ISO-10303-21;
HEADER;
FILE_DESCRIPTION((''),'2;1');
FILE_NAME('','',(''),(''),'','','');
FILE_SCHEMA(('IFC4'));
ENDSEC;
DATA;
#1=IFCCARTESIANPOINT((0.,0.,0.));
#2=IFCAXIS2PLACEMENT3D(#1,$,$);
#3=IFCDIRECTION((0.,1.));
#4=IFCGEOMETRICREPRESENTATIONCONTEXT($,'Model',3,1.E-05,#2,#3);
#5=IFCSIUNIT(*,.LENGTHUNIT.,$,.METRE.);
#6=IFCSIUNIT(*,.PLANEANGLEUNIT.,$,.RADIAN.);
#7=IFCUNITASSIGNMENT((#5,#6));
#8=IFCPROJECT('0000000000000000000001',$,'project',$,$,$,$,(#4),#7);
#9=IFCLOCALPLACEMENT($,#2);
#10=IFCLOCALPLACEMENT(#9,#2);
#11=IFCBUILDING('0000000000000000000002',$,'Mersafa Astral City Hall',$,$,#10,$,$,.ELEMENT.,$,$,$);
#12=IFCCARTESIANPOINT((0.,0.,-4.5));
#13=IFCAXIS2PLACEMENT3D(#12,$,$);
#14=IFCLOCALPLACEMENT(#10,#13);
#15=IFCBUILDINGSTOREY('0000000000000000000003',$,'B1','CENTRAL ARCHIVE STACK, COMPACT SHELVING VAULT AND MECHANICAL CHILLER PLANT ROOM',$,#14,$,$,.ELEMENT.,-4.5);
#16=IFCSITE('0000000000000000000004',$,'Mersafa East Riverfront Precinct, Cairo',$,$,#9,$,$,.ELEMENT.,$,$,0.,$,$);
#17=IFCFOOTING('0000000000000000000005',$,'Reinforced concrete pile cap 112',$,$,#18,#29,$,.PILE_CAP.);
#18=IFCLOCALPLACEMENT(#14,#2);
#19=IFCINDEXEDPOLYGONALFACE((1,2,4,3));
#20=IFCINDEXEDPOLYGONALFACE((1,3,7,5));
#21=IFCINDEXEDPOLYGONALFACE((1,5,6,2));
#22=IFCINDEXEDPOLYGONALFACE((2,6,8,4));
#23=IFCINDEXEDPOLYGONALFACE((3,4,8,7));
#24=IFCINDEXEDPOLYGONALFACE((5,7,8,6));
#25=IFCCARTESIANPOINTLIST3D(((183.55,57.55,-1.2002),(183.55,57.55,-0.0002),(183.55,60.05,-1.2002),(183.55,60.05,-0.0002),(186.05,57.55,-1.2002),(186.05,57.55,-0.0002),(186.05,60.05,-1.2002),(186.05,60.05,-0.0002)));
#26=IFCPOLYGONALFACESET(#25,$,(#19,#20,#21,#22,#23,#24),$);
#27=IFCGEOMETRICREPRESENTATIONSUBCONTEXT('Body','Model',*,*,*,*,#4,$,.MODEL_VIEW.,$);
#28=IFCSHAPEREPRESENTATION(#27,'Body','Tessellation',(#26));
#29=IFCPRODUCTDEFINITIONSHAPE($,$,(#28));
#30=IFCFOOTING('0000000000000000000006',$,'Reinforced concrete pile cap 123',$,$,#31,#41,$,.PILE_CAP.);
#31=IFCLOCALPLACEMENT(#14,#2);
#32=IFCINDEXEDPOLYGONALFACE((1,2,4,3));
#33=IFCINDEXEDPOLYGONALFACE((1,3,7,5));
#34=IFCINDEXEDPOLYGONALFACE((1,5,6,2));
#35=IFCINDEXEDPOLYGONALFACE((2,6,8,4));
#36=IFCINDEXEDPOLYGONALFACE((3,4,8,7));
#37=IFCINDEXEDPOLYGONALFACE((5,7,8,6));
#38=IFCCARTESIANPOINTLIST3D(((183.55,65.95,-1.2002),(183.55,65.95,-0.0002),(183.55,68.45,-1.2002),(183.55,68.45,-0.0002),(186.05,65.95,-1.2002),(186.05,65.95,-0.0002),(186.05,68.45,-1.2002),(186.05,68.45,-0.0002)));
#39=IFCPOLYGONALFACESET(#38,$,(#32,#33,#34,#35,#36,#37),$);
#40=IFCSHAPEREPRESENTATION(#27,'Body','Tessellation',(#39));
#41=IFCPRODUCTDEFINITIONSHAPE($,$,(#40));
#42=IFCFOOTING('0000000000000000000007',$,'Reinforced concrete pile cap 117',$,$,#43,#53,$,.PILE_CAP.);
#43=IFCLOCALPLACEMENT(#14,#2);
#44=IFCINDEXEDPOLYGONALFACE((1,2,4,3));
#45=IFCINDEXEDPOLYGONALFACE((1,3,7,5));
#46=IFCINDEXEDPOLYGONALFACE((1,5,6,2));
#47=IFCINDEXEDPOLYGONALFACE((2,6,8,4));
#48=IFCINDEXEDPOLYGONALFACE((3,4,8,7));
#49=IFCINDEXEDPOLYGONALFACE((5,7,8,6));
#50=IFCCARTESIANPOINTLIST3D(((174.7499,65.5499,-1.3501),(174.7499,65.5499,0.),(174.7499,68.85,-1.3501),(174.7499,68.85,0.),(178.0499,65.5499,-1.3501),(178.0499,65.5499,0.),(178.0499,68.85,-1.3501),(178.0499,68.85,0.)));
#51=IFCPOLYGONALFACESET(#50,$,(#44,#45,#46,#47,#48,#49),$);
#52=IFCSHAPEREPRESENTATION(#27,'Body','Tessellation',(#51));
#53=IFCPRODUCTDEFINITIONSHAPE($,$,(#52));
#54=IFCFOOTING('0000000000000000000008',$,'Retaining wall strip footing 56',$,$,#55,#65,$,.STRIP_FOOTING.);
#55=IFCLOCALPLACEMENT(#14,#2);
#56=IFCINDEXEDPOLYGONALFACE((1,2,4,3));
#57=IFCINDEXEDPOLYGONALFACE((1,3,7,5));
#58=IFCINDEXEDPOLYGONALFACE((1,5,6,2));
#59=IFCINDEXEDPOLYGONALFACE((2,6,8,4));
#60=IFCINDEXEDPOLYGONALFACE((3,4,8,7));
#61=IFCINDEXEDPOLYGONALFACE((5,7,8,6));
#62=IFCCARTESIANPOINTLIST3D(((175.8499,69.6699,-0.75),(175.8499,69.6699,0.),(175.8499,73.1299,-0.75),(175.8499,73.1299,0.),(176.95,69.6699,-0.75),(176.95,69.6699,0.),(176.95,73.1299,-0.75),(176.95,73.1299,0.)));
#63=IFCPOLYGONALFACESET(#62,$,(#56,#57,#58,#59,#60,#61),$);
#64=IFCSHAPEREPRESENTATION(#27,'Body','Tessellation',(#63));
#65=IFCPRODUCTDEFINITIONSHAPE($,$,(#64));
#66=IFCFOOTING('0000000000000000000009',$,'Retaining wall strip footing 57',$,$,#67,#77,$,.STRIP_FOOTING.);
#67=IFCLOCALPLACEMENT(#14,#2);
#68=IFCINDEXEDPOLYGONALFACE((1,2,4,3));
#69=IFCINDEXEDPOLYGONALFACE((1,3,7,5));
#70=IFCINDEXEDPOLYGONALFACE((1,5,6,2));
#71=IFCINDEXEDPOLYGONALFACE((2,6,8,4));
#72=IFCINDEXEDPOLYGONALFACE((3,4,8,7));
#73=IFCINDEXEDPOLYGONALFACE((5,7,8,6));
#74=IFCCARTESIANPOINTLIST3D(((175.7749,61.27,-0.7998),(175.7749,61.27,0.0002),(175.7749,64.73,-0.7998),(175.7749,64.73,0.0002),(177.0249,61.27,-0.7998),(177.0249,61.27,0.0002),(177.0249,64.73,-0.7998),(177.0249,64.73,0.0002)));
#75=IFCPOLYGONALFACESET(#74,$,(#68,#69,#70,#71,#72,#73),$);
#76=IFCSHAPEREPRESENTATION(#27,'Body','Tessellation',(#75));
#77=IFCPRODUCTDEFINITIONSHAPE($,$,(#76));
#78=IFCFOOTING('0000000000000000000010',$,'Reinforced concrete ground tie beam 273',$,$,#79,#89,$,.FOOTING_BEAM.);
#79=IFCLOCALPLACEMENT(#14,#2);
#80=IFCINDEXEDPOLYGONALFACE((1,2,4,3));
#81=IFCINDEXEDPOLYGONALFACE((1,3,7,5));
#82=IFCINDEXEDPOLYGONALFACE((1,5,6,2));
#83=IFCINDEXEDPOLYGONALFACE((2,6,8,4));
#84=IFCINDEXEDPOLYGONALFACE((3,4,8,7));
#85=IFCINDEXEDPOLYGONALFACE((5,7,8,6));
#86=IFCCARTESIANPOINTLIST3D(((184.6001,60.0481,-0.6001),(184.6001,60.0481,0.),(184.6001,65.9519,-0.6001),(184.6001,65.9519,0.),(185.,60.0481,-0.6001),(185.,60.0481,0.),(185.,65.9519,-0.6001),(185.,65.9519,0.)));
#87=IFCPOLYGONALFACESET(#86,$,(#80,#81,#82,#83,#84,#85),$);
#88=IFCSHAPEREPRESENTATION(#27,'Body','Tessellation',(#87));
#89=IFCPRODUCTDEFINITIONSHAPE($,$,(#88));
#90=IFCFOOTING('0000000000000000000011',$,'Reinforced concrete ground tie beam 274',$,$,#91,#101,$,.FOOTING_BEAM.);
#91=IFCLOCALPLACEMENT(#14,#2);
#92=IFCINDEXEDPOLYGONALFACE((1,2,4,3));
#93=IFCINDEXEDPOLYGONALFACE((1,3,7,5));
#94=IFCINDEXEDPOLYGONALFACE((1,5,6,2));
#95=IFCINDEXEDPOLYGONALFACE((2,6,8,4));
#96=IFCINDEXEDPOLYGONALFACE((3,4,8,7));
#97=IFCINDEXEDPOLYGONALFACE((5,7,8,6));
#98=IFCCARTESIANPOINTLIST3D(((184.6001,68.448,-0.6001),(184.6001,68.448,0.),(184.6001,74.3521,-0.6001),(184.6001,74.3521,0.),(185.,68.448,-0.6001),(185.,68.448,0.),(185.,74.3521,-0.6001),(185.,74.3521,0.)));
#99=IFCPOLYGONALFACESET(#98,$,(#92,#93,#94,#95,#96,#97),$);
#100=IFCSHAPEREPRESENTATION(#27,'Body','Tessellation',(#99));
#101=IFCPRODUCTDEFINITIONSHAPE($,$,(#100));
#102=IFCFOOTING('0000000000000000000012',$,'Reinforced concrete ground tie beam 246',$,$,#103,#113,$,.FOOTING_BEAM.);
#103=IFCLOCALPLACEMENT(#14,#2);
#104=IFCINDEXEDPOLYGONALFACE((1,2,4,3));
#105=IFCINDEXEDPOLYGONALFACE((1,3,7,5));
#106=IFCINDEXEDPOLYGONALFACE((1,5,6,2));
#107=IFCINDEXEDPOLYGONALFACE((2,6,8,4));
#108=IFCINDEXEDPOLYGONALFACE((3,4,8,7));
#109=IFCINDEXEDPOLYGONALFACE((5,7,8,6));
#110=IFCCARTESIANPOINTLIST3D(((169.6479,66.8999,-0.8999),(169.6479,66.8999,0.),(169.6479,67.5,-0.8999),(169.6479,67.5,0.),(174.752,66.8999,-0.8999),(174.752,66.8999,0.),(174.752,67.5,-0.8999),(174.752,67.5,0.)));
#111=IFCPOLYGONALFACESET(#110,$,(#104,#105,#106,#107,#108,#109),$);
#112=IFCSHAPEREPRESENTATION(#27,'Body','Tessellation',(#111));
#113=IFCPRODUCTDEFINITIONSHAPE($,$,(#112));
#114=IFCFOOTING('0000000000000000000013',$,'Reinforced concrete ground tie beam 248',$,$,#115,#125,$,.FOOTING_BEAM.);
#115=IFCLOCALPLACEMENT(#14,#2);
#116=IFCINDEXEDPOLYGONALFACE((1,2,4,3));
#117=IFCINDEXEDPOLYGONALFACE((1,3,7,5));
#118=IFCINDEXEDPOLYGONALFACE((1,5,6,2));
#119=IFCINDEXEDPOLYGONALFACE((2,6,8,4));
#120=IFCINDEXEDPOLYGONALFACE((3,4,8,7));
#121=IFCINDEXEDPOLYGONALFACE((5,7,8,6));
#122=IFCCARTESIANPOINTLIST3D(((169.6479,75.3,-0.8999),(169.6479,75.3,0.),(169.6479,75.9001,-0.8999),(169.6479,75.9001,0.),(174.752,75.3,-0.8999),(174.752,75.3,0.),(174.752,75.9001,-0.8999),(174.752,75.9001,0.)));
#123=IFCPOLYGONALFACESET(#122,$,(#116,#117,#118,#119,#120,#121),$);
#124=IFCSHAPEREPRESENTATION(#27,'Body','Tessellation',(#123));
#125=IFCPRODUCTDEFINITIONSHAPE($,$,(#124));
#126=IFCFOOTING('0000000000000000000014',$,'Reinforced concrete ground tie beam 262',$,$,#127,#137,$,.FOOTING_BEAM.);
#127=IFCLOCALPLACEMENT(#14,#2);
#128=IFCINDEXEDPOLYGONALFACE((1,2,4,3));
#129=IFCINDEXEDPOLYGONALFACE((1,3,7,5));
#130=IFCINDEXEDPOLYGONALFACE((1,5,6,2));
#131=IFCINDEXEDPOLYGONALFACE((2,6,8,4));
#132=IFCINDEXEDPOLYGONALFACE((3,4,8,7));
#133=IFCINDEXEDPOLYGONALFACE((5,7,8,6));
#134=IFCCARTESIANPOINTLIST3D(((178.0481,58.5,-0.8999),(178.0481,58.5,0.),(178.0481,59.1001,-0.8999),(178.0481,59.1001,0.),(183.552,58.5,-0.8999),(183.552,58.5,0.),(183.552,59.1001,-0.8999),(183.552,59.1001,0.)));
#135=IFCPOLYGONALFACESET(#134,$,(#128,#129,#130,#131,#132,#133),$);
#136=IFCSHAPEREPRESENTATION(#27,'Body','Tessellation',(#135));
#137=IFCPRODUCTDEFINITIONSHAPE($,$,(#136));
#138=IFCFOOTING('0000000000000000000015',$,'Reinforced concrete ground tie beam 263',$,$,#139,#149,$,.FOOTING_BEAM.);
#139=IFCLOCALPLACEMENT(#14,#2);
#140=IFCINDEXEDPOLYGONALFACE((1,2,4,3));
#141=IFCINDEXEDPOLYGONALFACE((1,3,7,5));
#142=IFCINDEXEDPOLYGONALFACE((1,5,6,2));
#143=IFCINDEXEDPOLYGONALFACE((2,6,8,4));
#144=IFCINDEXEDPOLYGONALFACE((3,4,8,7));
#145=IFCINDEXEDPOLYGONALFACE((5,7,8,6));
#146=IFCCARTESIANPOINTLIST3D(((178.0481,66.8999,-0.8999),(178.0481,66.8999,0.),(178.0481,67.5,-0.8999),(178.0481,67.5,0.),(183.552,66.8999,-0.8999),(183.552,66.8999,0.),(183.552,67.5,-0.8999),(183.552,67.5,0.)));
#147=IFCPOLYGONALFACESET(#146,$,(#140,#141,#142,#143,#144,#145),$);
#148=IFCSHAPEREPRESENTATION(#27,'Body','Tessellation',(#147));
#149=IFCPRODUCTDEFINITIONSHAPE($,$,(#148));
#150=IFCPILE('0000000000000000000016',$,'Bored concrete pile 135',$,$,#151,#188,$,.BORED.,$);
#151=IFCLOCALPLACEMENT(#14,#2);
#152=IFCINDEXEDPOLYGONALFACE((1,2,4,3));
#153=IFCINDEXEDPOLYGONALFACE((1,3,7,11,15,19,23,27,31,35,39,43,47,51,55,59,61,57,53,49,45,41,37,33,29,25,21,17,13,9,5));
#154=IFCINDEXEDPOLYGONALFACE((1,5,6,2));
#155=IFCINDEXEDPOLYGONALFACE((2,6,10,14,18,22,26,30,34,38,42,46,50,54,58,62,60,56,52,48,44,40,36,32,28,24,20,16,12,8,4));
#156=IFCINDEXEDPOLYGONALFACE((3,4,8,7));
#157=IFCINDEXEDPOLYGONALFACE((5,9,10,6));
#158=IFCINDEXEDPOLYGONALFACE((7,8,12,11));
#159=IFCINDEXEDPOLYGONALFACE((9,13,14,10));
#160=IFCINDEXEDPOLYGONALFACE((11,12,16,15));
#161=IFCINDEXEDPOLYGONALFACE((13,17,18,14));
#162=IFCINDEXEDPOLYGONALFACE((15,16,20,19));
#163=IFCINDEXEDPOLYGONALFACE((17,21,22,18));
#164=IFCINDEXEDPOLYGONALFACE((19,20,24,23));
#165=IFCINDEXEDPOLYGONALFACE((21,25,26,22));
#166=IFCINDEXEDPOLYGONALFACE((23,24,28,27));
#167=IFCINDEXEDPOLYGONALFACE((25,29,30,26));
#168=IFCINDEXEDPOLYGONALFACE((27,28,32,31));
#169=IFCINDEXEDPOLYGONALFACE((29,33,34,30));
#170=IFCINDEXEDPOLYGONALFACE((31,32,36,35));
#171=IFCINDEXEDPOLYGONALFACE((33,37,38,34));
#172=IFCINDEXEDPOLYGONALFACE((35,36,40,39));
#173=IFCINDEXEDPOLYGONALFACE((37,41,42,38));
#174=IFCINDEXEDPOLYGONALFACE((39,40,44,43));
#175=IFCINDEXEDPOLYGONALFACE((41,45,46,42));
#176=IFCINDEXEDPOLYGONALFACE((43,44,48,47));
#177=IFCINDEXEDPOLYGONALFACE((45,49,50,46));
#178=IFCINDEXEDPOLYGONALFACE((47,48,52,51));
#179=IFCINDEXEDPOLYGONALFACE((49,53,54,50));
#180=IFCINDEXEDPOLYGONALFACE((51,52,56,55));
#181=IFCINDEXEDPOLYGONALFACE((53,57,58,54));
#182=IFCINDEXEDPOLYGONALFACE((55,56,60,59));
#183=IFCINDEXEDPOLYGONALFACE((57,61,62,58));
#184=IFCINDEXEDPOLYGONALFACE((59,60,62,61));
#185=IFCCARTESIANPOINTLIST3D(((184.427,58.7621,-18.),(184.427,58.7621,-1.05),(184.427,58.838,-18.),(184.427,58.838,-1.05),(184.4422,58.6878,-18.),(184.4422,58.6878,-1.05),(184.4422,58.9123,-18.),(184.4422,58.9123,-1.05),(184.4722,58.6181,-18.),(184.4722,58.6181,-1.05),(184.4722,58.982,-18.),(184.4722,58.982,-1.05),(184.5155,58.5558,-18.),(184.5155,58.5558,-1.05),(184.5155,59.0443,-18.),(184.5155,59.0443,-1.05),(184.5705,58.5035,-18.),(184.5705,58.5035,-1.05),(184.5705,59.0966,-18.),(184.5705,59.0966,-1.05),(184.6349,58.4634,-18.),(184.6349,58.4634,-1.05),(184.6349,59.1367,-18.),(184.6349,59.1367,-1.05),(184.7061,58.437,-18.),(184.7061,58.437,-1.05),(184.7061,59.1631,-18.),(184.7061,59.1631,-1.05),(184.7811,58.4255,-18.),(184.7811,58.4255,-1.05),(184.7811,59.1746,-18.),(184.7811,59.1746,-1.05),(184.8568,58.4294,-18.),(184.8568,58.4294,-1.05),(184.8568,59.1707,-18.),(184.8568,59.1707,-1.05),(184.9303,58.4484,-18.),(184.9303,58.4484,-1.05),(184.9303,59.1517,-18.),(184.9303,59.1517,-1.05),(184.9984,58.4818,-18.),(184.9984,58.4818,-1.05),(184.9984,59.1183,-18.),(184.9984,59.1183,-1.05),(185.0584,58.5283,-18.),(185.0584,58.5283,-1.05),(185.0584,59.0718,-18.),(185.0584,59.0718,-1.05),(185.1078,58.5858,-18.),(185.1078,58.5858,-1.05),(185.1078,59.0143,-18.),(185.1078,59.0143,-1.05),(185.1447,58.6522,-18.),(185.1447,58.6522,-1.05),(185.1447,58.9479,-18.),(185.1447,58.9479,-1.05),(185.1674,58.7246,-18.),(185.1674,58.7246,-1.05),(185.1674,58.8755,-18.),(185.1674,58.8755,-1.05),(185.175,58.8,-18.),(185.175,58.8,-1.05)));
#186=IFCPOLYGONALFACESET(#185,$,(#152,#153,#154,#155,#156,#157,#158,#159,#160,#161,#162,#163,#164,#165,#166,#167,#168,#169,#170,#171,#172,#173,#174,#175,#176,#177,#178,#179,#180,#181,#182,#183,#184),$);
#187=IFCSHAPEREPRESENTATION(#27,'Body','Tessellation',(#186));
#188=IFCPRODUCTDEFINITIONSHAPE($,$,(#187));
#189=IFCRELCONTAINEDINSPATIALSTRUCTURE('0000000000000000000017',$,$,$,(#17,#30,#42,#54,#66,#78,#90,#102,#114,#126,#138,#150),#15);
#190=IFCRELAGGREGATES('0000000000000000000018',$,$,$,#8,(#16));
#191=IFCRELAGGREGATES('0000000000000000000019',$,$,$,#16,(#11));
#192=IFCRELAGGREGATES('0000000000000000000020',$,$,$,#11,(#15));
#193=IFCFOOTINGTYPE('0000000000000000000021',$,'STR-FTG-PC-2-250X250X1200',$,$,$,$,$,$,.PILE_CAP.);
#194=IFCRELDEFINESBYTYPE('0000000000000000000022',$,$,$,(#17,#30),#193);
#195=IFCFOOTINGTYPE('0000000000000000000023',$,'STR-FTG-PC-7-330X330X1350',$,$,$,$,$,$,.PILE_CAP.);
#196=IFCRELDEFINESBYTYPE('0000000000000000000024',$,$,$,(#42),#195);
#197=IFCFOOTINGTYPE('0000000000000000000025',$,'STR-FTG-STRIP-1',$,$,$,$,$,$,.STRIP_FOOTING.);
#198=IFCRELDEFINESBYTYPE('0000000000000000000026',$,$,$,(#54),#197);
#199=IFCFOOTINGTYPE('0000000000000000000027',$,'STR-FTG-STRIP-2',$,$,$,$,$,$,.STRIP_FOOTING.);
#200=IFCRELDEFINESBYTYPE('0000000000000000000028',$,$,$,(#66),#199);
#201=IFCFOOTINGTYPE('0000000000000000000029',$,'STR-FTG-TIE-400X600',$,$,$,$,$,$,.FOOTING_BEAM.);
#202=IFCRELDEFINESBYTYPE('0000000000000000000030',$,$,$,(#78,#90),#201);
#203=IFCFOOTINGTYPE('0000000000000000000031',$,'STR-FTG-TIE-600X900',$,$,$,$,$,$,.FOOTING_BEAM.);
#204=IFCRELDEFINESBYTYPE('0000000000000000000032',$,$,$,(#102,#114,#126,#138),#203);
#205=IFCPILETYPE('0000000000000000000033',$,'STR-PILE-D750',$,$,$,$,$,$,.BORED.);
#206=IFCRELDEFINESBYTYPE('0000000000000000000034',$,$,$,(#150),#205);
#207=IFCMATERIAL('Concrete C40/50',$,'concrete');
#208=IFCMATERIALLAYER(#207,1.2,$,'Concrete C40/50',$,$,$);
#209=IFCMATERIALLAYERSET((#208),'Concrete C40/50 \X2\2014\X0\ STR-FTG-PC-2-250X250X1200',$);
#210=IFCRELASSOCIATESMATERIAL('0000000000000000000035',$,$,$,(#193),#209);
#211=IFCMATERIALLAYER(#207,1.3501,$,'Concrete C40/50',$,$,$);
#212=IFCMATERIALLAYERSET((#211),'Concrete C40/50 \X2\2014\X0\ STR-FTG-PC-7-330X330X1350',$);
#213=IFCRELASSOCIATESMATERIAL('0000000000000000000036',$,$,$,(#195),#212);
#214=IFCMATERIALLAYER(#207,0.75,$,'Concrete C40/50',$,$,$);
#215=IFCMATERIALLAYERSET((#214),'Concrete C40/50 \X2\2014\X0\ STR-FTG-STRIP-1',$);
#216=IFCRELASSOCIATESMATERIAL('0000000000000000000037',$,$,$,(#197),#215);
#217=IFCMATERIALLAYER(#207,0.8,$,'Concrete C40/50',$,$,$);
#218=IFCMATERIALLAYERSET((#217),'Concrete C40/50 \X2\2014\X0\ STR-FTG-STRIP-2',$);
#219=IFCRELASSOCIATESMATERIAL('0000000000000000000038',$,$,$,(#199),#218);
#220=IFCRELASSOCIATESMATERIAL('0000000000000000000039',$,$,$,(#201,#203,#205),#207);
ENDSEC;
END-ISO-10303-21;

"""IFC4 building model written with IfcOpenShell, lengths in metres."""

from ifc_helpers import new_model, si_unit, direction, frame, origin, origin_2d, place, context, subcontext, project, spatial, rectangle, circle, extrude, material, layer, layer_set, material_profile, profile_set, type_object, element, save


model = new_model("IFC4")

# Units and contexts
model_context = context("Model", 3, precision=1e-05, world=origin(), true_north=direction((0.0, 1.0)))
body_context = subcontext(model_context, "Body", "Model", "MODEL_VIEW")
ifc_project = project(units=[si_unit("LENGTHUNIT", "METRE"), si_unit("PLANEANGLEUNIT", "RADIAN")], contexts=[model_context])

# Site, building, storey
site_placement = place(None, origin())
site = spatial("IfcSite", under=ifc_project, at=site_placement, Name="Mersafa East Riverfront Precinct, Cairo", CompositionType="ELEMENT", RefElevation=0.0)
building_placement = place(site_placement, origin())
building = spatial("IfcBuilding", under=site, at=building_placement, Name="Mersafa Astral City Hall", CompositionType="ELEMENT")
storey_placement = place(building_placement, frame((0.0, 0.0, -4.5)))
storey = spatial("IfcBuildingStorey", under=building, at=storey_placement, Name="B1", Description="CENTRAL ARCHIVE STACK, COMPACT SHELVING VAULT AND MECHANICAL CHILLER PLANT ROOM", CompositionType="ELEMENT", Elevation=-4.5)

# Footings
ifc_material_1 = material(Name="Concrete C40/50", Category="concrete")
ifc_layer_1 = layer(ifc_material_1, 1.2, Name="Concrete C40/50")
ifc_layer_set_1 = layer_set([ifc_layer_1], Name="Concrete C40/50 — STR-FTG-PC-2-250X250X1200")
footing_type_1 = type_object("IfcFootingType", Name="STR-FTG-PC-2-250X250X1200", PredefinedType="PILE_CAP", material=ifc_layer_set_1)
for number, where, z_axis, x_axis, name in (
    (1, (184.8, 58.8, -1.2002), (0.0, 0.0, 1.0), (1.0, 0.0, 0.0), "Reinforced concrete pile cap 112"),
    (2, (184.8, 67.2, -1.2002), (0.0, 0.0, 1.0), (1.0, 0.0, 0.0), "Reinforced concrete pile cap 123"),
):
    element("IfcFooting", number, at=place(storey_placement, frame(where, z_axis=z_axis, x_axis=x_axis)), inside=storey, type_object=footing_type_1, Name=name, PredefinedType="PILE_CAP", context=body_context, shape_type="SweptSolid", body=[
        extrude(rectangle(XDim=2.5, YDim=2.5, at=origin_2d()), origin(), (0.0, 0.0, 1.0), 1.2),
    ])
ifc_layer_2 = layer(ifc_material_1, 1.3501, Name="Concrete C40/50")
ifc_layer_set_2 = layer_set([ifc_layer_2], Name="Concrete C40/50 — STR-FTG-PC-7-330X330X1350")
footing_type_2 = type_object("IfcFootingType", Name="STR-FTG-PC-7-330X330X1350", PredefinedType="PILE_CAP", material=ifc_layer_set_2)
footing_1_placement = place(storey_placement, frame((176.3999, 67.2, -1.3501), z_axis=(0.0, 0.0, 1.0), x_axis=(1.0, 0.0, 0.0)))
element("IfcFooting", 3, at=footing_1_placement, inside=storey, type_object=footing_type_2, Name="Reinforced concrete pile cap 117", PredefinedType="PILE_CAP", context=body_context, shape_type="SweptSolid", body=[
    extrude(rectangle(XDim=3.3, YDim=3.3, at=origin_2d()), origin(), (0.0, 0.0, 1.0), 1.3501),
])
ifc_layer_3 = layer(ifc_material_1, 0.75, Name="Concrete C40/50")
ifc_layer_set_3 = layer_set([ifc_layer_3], Name="Concrete C40/50 — STR-FTG-STRIP-1")
footing_type_3 = type_object("IfcFootingType", Name="STR-FTG-STRIP-1", PredefinedType="STRIP_FOOTING", material=ifc_layer_set_3)
footing_2_placement = place(storey_placement, frame((176.3999, 71.3999, -0.75), z_axis=(0.0, 0.0, 1.0), x_axis=(0.0, -1.0, 0.0)))
element("IfcFooting", 4, at=footing_2_placement, inside=storey, type_object=footing_type_3, Name="Retaining wall strip footing 56", PredefinedType="STRIP_FOOTING", context=body_context, shape_type="SweptSolid", body=[
    extrude(rectangle(XDim=3.46, YDim=1.1001, at=origin_2d()), origin(), (0.0, 0.0, 1.0), 0.75),
])
ifc_layer_4 = layer(ifc_material_1, 0.8, Name="Concrete C40/50")
ifc_layer_set_4 = layer_set([ifc_layer_4], Name="Concrete C40/50 — STR-FTG-STRIP-2")
footing_type_4 = type_object("IfcFootingType", Name="STR-FTG-STRIP-2", PredefinedType="STRIP_FOOTING", material=ifc_layer_set_4)
footing_3_placement = place(storey_placement, frame((176.3999, 63.0, -0.7998), z_axis=(0.0, 0.0, 1.0), x_axis=(0.0, -1.0, 0.0)))
element("IfcFooting", 5, at=footing_3_placement, inside=storey, type_object=footing_type_4, Name="Retaining wall strip footing 57", PredefinedType="STRIP_FOOTING", context=body_context, shape_type="SweptSolid", body=[
    extrude(rectangle(XDim=3.46, YDim=1.25, at=origin_2d()), origin(), (0.0, 0.0, 1.0), 0.8),
])
ifc_material_profile_1 = material_profile(ifc_material_1, rectangle(XDim=0.3999, YDim=0.6001, at=origin_2d()), Name="RC 400x600")
ifc_profile_set_1 = profile_set([ifc_material_profile_1], Name="Concrete C40/50")
footing_type_5 = type_object("IfcFootingType", Name="STR-FTG-TIE-400X600", PredefinedType="FOOTING_BEAM", material=ifc_profile_set_1)
footing_4_placement = place(storey_placement, frame((184.8, 60.0481, -0.3), z_axis=(0.0, 1.0, 0.0), x_axis=(-1.0, 0.0, 0.0)))
element("IfcFooting", 6, at=footing_4_placement, inside=storey, type_object=footing_type_5, Name="Reinforced concrete ground tie beam 273", PredefinedType="FOOTING_BEAM", context=body_context, shape_type="SweptSolid", body=[
    extrude(rectangle(XDim=0.3999, YDim=0.6001, at=origin_2d()), origin(), (0.0, 0.0, 1.0), 5.9038),
])
footing_5_placement = place(storey_placement, frame((184.8, 68.448, -0.3), z_axis=(0.0, 1.0, 0.0), x_axis=(-1.0, 0.0, 0.0)))
element("IfcFooting", 7, at=footing_5_placement, inside=storey, type_object=footing_type_5, Name="Reinforced concrete ground tie beam 274", PredefinedType="FOOTING_BEAM", context=body_context, shape_type="SweptSolid", body=[
    extrude(rectangle(XDim=0.3999, YDim=0.6001, at=origin_2d()), origin(), (0.0, 0.0, 1.0), 5.9041),
])
ifc_material_profile_2 = material_profile(ifc_material_1, rectangle(XDim=0.6001, YDim=0.8999, at=origin_2d()), Name="RC 600x900")
ifc_profile_set_2 = profile_set([ifc_material_profile_2], Name="Concrete C40/50")
footing_type_6 = type_object("IfcFootingType", Name="STR-FTG-TIE-600X900", PredefinedType="FOOTING_BEAM", material=ifc_profile_set_2)
for number, where, z_axis, x_axis, name in (
    (8, (169.6479, 67.2, -0.45), (1.0, 0.0, 0.0), (0.0, 1.0, 0.0), "Reinforced concrete ground tie beam 246"),
    (9, (169.6479, 75.6001, -0.45), (1.0, 0.0, 0.0), (0.0, 1.0, 0.0), "Reinforced concrete ground tie beam 248"),
):
    element("IfcFooting", number, at=place(storey_placement, frame(where, z_axis=z_axis, x_axis=x_axis)), inside=storey, type_object=footing_type_6, Name=name, PredefinedType="FOOTING_BEAM", context=body_context, shape_type="SweptSolid", body=[
        extrude(rectangle(XDim=0.6001, YDim=0.8999, at=origin_2d()), origin(), (0.0, 0.0, 1.0), 5.104),
    ])
for number, where, z_axis, x_axis, name in (
    (10, (178.0481, 58.8, -0.45), (1.0, 0.0, 0.0), (0.0, 1.0, 0.0), "Reinforced concrete ground tie beam 262"),
    (11, (178.0481, 67.2, -0.45), (1.0, 0.0, 0.0), (0.0, 1.0, 0.0), "Reinforced concrete ground tie beam 263"),
):
    element("IfcFooting", number, at=place(storey_placement, frame(where, z_axis=z_axis, x_axis=x_axis)), inside=storey, type_object=footing_type_6, Name=name, PredefinedType="FOOTING_BEAM", context=body_context, shape_type="SweptSolid", body=[
        extrude(rectangle(XDim=0.6001, YDim=0.8999, at=origin_2d()), origin(), (0.0, 0.0, 1.0), 5.5039),
    ])

# Pile
ifc_material_profile_3 = material_profile(ifc_material_1, circle(Radius=0.375, at=origin_2d()), Name="PILE D750")
ifc_profile_set_3 = profile_set([ifc_material_profile_3], Name="Concrete C40/50")
pile_type_1 = type_object("IfcPileType", Name="STR-PILE-D750", PredefinedType="BORED", material=ifc_profile_set_3)
for number, where, z_axis, x_axis, name in (
    (12, (184.8, 58.8, -1.05), (0.0, 0.0, -1.0), (1.0, 0.0, 0.0), "Bored concrete pile 135"),
):
    element("IfcPile", number, at=place(storey_placement, frame(where, z_axis=z_axis, x_axis=x_axis)), inside=storey, type_object=pile_type_1, Name=name, PredefinedType="BORED", context=body_context, shape_type="SweptSolid", body=[
        extrude(circle(Radius=0.375, at=origin_2d()), origin(), (0.0, 0.0, 1.0), 16.95),
    ])

save(model, "model.ifc")
